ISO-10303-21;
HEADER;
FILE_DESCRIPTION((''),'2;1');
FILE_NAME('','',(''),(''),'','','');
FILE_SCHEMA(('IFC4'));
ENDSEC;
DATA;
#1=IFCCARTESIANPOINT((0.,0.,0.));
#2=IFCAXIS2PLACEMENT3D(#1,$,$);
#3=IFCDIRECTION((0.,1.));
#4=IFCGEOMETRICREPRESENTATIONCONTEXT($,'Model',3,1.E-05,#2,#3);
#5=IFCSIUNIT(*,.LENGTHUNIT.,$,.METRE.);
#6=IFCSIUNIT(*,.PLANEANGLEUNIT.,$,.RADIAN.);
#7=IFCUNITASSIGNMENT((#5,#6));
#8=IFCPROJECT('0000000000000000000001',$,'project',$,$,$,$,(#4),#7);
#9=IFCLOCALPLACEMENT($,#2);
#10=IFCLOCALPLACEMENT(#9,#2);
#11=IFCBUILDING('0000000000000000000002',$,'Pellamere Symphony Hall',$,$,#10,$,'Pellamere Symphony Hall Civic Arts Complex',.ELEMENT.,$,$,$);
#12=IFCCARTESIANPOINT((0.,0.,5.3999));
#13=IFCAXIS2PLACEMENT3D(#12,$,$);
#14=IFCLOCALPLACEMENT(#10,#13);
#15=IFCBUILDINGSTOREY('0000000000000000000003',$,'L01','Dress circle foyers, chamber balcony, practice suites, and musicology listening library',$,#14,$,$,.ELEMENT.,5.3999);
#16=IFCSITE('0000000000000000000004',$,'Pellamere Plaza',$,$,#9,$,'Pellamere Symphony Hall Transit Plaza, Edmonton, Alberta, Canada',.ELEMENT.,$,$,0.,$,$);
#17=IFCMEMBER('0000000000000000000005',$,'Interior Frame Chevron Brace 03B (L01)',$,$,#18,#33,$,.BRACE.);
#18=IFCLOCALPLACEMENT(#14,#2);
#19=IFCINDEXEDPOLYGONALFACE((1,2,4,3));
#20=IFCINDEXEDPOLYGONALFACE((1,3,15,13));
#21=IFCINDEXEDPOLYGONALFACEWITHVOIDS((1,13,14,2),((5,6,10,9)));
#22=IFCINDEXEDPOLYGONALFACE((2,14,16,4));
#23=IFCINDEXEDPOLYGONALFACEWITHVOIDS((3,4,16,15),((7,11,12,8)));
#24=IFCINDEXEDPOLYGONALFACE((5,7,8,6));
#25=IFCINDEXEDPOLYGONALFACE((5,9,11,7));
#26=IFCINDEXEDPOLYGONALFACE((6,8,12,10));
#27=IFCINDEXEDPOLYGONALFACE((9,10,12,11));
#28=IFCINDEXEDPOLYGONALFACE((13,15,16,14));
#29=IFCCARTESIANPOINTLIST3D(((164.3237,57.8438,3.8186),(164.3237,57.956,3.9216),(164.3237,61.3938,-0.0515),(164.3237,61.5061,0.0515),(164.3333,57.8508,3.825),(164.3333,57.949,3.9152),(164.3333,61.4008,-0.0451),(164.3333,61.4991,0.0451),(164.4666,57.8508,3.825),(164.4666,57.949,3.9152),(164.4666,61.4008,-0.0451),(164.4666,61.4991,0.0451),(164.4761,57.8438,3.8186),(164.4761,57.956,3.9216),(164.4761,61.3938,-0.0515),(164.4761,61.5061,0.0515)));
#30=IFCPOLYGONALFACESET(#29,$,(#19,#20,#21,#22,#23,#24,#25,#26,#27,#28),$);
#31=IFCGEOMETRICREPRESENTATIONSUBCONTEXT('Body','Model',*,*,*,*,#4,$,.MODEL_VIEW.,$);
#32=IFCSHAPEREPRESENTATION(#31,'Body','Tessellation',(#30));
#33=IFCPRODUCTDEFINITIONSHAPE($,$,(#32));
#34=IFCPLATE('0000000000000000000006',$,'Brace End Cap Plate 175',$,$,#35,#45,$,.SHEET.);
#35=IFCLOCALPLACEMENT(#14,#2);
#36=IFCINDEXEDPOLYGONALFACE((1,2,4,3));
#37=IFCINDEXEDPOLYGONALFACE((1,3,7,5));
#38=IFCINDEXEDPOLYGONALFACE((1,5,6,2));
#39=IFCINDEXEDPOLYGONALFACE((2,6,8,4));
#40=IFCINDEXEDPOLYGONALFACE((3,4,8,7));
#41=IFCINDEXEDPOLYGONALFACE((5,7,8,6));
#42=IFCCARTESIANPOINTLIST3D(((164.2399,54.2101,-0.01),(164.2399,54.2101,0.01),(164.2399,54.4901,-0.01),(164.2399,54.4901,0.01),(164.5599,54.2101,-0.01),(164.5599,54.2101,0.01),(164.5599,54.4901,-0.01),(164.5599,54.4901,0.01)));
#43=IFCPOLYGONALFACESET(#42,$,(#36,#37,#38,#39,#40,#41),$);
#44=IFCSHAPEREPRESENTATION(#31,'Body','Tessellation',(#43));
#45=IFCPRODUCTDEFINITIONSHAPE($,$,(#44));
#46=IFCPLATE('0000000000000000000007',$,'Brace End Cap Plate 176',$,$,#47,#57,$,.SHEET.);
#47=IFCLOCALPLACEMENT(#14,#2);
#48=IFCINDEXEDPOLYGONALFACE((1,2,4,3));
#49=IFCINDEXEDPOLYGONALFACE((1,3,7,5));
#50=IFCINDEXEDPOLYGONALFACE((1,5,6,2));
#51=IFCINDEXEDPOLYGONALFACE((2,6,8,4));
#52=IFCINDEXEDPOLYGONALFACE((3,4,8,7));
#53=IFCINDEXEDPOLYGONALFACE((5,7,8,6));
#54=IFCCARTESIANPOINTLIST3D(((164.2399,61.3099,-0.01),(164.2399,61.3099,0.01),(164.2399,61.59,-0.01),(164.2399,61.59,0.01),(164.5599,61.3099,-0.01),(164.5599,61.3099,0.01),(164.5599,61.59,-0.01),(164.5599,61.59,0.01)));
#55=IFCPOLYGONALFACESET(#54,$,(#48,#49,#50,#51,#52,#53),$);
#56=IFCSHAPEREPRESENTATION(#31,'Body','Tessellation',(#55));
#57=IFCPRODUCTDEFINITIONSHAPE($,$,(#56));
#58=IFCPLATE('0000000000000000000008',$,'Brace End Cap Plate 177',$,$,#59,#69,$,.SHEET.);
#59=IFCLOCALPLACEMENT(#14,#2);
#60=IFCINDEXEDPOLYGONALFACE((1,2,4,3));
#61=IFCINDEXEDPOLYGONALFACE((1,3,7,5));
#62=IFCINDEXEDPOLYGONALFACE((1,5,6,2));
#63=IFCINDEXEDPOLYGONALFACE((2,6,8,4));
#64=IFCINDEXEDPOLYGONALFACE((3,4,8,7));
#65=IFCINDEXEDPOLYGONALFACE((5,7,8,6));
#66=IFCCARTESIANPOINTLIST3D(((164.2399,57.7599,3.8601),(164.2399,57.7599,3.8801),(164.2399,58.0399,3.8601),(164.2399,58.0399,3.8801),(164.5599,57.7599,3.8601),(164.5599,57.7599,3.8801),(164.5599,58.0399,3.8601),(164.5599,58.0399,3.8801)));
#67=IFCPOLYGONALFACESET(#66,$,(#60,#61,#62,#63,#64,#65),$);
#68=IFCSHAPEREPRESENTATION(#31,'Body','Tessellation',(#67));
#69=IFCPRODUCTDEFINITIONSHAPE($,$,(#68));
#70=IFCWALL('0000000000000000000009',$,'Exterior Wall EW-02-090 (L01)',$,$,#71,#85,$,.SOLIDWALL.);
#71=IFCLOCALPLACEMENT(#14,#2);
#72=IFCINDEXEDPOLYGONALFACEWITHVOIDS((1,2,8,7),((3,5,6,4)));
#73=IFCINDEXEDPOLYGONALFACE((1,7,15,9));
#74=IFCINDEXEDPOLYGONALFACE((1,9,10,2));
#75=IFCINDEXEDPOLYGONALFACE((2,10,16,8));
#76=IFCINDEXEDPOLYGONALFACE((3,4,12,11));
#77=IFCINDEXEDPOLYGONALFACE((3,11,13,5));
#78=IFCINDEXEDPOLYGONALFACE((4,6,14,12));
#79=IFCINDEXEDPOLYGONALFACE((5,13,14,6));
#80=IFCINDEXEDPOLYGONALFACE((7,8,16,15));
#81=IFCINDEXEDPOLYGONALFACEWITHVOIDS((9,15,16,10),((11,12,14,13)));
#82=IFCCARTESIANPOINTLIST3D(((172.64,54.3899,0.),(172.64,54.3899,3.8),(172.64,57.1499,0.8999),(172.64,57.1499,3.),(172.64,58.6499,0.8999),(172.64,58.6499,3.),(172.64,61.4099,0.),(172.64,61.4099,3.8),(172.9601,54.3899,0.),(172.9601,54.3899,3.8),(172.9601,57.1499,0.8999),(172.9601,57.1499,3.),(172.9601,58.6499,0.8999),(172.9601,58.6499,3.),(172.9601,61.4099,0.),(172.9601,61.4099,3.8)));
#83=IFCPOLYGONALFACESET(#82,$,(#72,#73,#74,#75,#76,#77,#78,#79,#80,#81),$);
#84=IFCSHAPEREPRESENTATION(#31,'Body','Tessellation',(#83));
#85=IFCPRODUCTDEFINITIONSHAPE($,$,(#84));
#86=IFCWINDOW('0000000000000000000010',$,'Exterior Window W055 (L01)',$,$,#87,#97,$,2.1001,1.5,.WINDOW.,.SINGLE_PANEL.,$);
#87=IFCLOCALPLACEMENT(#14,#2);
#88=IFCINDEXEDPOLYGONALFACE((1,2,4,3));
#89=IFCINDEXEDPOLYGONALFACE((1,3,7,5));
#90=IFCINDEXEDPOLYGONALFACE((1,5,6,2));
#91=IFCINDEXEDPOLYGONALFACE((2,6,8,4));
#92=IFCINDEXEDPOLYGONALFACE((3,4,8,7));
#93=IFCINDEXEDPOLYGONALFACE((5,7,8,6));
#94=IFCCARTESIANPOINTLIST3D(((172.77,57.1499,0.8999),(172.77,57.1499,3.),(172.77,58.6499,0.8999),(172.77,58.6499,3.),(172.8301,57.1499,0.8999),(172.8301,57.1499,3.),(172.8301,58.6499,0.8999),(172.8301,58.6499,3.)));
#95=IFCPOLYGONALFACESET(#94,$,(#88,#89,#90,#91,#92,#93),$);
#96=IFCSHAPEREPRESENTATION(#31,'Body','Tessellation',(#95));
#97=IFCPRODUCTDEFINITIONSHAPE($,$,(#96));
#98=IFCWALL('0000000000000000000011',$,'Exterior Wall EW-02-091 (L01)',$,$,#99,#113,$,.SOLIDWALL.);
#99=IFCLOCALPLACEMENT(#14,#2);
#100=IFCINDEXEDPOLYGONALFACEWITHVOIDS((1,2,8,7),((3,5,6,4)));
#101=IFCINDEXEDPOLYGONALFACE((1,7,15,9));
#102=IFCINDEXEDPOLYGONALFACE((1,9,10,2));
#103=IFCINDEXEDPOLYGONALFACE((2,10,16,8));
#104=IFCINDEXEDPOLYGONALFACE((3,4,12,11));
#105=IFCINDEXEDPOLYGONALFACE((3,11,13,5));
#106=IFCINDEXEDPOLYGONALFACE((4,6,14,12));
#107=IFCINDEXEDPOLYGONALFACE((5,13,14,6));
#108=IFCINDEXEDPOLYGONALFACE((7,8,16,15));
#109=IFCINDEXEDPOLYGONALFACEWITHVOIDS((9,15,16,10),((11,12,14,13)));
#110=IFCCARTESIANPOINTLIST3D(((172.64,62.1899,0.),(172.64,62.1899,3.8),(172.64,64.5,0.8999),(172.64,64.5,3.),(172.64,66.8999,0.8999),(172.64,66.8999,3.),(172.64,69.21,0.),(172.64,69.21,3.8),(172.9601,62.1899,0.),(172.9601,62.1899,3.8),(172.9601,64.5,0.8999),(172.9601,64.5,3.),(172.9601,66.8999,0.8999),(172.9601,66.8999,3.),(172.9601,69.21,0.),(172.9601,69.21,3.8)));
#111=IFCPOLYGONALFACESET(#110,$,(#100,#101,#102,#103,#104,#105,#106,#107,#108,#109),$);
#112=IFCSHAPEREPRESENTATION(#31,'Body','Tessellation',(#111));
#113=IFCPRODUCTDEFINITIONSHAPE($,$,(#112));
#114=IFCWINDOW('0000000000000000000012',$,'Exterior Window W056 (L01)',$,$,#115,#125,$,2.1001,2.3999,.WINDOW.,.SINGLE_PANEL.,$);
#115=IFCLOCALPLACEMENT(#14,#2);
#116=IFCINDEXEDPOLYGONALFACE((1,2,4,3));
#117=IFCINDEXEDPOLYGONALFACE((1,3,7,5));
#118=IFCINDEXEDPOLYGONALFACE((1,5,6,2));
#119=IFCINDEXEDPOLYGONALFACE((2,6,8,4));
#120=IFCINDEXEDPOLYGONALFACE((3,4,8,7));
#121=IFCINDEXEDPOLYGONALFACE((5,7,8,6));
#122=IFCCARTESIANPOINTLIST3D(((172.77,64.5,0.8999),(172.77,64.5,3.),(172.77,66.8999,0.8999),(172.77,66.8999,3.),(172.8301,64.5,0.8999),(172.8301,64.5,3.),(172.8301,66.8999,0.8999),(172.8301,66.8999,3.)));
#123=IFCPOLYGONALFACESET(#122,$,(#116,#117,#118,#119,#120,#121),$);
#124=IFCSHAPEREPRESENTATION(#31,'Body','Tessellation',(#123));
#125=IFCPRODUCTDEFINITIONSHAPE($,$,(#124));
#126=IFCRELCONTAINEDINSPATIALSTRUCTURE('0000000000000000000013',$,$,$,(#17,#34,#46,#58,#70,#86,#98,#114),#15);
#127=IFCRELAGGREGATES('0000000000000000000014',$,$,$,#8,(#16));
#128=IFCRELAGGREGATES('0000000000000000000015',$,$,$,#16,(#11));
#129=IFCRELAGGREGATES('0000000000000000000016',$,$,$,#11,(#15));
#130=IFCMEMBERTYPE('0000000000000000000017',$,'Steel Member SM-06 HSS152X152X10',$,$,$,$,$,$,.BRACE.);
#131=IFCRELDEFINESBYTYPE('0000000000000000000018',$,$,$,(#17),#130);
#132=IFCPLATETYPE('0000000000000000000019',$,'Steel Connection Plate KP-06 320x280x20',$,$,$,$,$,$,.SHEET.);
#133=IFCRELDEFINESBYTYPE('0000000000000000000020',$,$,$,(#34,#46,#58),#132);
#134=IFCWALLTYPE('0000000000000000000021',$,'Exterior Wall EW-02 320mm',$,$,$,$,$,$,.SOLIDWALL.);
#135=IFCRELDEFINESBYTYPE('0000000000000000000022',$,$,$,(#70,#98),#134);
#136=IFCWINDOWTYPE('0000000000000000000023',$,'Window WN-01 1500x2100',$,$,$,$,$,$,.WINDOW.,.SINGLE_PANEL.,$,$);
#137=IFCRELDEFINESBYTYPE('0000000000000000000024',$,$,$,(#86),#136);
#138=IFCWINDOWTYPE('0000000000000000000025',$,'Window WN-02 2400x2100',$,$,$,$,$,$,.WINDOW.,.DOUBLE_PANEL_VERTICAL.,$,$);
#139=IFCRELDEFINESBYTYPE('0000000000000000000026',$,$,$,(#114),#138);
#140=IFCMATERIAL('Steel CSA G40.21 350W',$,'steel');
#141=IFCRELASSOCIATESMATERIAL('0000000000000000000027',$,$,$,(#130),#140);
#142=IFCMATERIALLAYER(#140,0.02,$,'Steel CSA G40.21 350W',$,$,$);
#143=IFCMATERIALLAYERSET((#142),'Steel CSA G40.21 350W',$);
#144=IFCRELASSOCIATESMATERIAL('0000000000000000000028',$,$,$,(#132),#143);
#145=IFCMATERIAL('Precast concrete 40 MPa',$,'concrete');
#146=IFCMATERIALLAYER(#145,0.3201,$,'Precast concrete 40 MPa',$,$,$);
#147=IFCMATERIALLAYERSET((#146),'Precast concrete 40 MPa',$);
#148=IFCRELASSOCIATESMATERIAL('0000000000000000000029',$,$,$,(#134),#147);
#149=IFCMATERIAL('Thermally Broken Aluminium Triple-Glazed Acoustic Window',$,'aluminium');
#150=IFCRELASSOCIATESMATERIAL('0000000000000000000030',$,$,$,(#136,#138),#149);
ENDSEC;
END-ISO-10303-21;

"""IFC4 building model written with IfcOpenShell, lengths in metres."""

from ifc_helpers import new_model, si_unit, direction, frame, frame_2d, origin, origin_2d, place, context, subcontext, project, spatial, rectangle, hollow_rectangle, extrude, material, layer, layer_set, material_profile, profile_set, type_object, element, fill, save


model = new_model("IFC4")

# Units and contexts
model_context = context("Model", 3, precision=1e-05, world=origin(), true_north=direction((0.0, 1.0)))
body_context = subcontext(model_context, "Body", "Model", "MODEL_VIEW")
ifc_project = project(units=[si_unit("LENGTHUNIT", "METRE"), si_unit("PLANEANGLEUNIT", "RADIAN")], contexts=[model_context])

# Site, building, storey
site_placement = place(None, origin())
site = spatial("IfcSite", under=ifc_project, at=site_placement, Name="Pellamere Plaza", LongName="Pellamere Symphony Hall Transit Plaza, Edmonton, Alberta, Canada", CompositionType="ELEMENT", RefElevation=0.0)
building_placement = place(site_placement, origin())
building = spatial("IfcBuilding", under=site, at=building_placement, Name="Pellamere Symphony Hall", LongName="Pellamere Symphony Hall Civic Arts Complex", CompositionType="ELEMENT")
storey_placement = place(building_placement, frame((0.0, 0.0, 5.3999)))
storey = spatial("IfcBuildingStorey", under=building, at=storey_placement, Name="L01", Description="Dress circle foyers, chamber balcony, practice suites, and musicology listening library", CompositionType="ELEMENT", Elevation=5.3999)

# Member
ifc_material_1 = material(Name="Steel CSA G40.21 350W", Category="steel")
ifc_material_profile_1 = material_profile(ifc_material_1, hollow_rectangle(XDim=0.1523, YDim=0.1523, WallThickness=0.0095, at=origin_2d()), Name="HSS152X152X10")
ifc_profile_set_1 = profile_set([ifc_material_profile_1], Name="Steel CSA G40.21 350W")
member_type = type_object("IfcMemberType", Name="Steel Member SM-06 HSS152X152X10", PredefinedType="BRACE", material=ifc_profile_set_1)
member_1_placement = place(storey_placement, frame((164.3999, 61.45, 0.0), z_axis=(0.0, -0.675977, 0.736923), x_axis=(1.0, 0.0, 0.0)))
element("IfcMember", 1, at=member_1_placement, inside=storey, type_object=member_type, Name="Interior Frame Chevron Brace 03B (L01)", PredefinedType="BRACE", context=body_context, shape_type="SweptSolid", body=[
    extrude(hollow_rectangle(XDim=0.1523, YDim=0.1523, WallThickness=0.0095, at=origin_2d()), origin(), (0.0, 0.0, 1.0), 5.2517),
])

# Plates
ifc_layer_1 = layer(ifc_material_1, 0.02, Name="Steel CSA G40.21 350W")
ifc_layer_set_1 = layer_set([ifc_layer_1], Name="Steel CSA G40.21 350W")
plate_type = type_object("IfcPlateType", Name="Steel Connection Plate KP-06 320x280x20", PredefinedType="SHEET", material=ifc_layer_set_1)
for number, where, z_axis, x_axis, name in (
    (2, (164.3999, 54.3501, -0.01), (0.0, 0.0, 1.0), (1.0, 0.0, 0.0), "Brace End Cap Plate 175"),
    (3, (164.3999, 61.45, -0.01), (0.0, 0.0, 1.0), (1.0, 0.0, 0.0), "Brace End Cap Plate 176"),
    (4, (164.3999, 57.8999, 3.8601), (0.0, 0.0, 1.0), (1.0, 0.0, 0.0), "Brace End Cap Plate 177"),
):
    element("IfcPlate", number, at=place(storey_placement, frame(where, z_axis=z_axis, x_axis=x_axis)), inside=storey, type_object=plate_type, Name=name, PredefinedType="SHEET", context=body_context, shape_type="SweptSolid", body=[
        extrude(rectangle(XDim=0.3201, YDim=0.28, at=origin_2d()), origin(), (0.0, 0.0, 1.0), 0.02),
    ])

# Walls, openings, windows
ifc_material_2 = material(Name="Precast concrete 40 MPa", Category="concrete")
ifc_layer_2 = layer(ifc_material_2, 0.3201, Name="Precast concrete 40 MPa")
ifc_layer_set_2 = layer_set([ifc_layer_2], Name="Precast concrete 40 MPa")
wall_type = type_object("IfcWallType", Name="Exterior Wall EW-02 320mm", PredefinedType="SOLIDWALL", material=ifc_layer_set_2)
wall_1_placement = place(storey_placement, frame((172.8, 54.3899, 0.0), z_axis=(0.0, 0.0, 1.0), x_axis=(0.0, 1.0, 0.0)))
wall_1 = element("IfcWall", 5, at=wall_1_placement, inside=storey, type_object=wall_type, Name="Exterior Wall EW-02-090 (L01)", PredefinedType="SOLIDWALL", context=body_context, shape_type="SweptSolid", body=[
    extrude(rectangle(XDim=7.02, YDim=0.3201, at=frame_2d((3.51, 0.0))), origin(), (0.0, 0.0, 1.0), 3.8),
])
opening_1_placement = place(wall_1_placement, frame((2.76, 0.0, 0.8999)))
opening_1 = element("IfcOpeningElement", 6, at=opening_1_placement, cuts=wall_1, PredefinedType="OPENING", context=body_context, shape_type="SweptSolid", body=[
    extrude(rectangle(XDim=1.5, YDim=2.1001, at=frame_2d((0.75, 1.05))), frame((0.0, 0.1699, 0.0), z_axis=(0.0, -1.0, 0.0), x_axis=(1.0, 0.0, 0.0)), (0.0, 0.0, 1.0), 0.3401),
])
ifc_material_3 = material(Name="Thermally Broken Aluminium Triple-Glazed Acoustic Window", Category="aluminium")
window_type_1 = type_object("IfcWindowType", Name="Window WN-01 1500x2100", PartitioningType="SINGLE_PANEL", PredefinedType="WINDOW", material=ifc_material_3)
window_1_placement = place(opening_1_placement, origin())
window_1 = element("IfcWindow", 7, at=window_1_placement, inside=storey, type_object=window_type_1, Name="Exterior Window W055 (L01)", OverallHeight=2.1001, OverallWidth=1.5, PartitioningType="SINGLE_PANEL", PredefinedType="WINDOW", context=body_context, shape_type="SweptSolid", body=[
    extrude(rectangle(XDim=1.5, YDim=2.1001, at=frame_2d((0.75, 1.05))), frame((0.0, 0.03, 0.0), z_axis=(0.0, -1.0, 0.0), x_axis=(1.0, 0.0, 0.0)), (0.0, 0.0, 1.0), 0.0601),
])
fill(opening_1, window_1)
wall_2_placement = place(storey_placement, frame((172.8, 62.1899, 0.0), z_axis=(0.0, 0.0, 1.0), x_axis=(0.0, 1.0, 0.0)))
wall_2 = element("IfcWall", 8, at=wall_2_placement, inside=storey, type_object=wall_type, Name="Exterior Wall EW-02-091 (L01)", PredefinedType="SOLIDWALL", context=body_context, shape_type="SweptSolid", body=[
    extrude(rectangle(XDim=7.02, YDim=0.3201, at=frame_2d((3.51, 0.0))), origin(), (0.0, 0.0, 1.0), 3.8),
])
opening_2_placement = place(wall_2_placement, frame((2.3101, 0.0, 0.8999)))
opening_2 = element("IfcOpeningElement", 9, at=opening_2_placement, cuts=wall_2, PredefinedType="OPENING", context=body_context, shape_type="SweptSolid", body=[
    extrude(rectangle(XDim=2.3999, YDim=2.1001, at=frame_2d((1.2, 1.05))), frame((0.0, 0.1699, 0.0), z_axis=(0.0, -1.0, 0.0), x_axis=(1.0, 0.0, 0.0)), (0.0, 0.0, 1.0), 0.3401),
])
window_type_2 = type_object("IfcWindowType", Name="Window WN-02 2400x2100", PartitioningType="DOUBLE_PANEL_VERTICAL", PredefinedType="WINDOW", material=ifc_material_3)
window_2_placement = place(opening_2_placement, origin())
window_2 = element("IfcWindow", 10, at=window_2_placement, inside=storey, type_object=window_type_2, Name="Exterior Window W056 (L01)", OverallHeight=2.1001, OverallWidth=2.3999, PartitioningType="SINGLE_PANEL", PredefinedType="WINDOW", context=body_context, shape_type="SweptSolid", body=[
    extrude(rectangle(XDim=2.3999, YDim=2.1001, at=frame_2d((1.2, 1.05))), frame((0.0, 0.03, 0.0), z_axis=(0.0, -1.0, 0.0), x_axis=(1.0, 0.0, 0.0)), (0.0, 0.0, 1.0), 0.0601),
])
fill(opening_2, window_2)

save(model, "model.ifc")
